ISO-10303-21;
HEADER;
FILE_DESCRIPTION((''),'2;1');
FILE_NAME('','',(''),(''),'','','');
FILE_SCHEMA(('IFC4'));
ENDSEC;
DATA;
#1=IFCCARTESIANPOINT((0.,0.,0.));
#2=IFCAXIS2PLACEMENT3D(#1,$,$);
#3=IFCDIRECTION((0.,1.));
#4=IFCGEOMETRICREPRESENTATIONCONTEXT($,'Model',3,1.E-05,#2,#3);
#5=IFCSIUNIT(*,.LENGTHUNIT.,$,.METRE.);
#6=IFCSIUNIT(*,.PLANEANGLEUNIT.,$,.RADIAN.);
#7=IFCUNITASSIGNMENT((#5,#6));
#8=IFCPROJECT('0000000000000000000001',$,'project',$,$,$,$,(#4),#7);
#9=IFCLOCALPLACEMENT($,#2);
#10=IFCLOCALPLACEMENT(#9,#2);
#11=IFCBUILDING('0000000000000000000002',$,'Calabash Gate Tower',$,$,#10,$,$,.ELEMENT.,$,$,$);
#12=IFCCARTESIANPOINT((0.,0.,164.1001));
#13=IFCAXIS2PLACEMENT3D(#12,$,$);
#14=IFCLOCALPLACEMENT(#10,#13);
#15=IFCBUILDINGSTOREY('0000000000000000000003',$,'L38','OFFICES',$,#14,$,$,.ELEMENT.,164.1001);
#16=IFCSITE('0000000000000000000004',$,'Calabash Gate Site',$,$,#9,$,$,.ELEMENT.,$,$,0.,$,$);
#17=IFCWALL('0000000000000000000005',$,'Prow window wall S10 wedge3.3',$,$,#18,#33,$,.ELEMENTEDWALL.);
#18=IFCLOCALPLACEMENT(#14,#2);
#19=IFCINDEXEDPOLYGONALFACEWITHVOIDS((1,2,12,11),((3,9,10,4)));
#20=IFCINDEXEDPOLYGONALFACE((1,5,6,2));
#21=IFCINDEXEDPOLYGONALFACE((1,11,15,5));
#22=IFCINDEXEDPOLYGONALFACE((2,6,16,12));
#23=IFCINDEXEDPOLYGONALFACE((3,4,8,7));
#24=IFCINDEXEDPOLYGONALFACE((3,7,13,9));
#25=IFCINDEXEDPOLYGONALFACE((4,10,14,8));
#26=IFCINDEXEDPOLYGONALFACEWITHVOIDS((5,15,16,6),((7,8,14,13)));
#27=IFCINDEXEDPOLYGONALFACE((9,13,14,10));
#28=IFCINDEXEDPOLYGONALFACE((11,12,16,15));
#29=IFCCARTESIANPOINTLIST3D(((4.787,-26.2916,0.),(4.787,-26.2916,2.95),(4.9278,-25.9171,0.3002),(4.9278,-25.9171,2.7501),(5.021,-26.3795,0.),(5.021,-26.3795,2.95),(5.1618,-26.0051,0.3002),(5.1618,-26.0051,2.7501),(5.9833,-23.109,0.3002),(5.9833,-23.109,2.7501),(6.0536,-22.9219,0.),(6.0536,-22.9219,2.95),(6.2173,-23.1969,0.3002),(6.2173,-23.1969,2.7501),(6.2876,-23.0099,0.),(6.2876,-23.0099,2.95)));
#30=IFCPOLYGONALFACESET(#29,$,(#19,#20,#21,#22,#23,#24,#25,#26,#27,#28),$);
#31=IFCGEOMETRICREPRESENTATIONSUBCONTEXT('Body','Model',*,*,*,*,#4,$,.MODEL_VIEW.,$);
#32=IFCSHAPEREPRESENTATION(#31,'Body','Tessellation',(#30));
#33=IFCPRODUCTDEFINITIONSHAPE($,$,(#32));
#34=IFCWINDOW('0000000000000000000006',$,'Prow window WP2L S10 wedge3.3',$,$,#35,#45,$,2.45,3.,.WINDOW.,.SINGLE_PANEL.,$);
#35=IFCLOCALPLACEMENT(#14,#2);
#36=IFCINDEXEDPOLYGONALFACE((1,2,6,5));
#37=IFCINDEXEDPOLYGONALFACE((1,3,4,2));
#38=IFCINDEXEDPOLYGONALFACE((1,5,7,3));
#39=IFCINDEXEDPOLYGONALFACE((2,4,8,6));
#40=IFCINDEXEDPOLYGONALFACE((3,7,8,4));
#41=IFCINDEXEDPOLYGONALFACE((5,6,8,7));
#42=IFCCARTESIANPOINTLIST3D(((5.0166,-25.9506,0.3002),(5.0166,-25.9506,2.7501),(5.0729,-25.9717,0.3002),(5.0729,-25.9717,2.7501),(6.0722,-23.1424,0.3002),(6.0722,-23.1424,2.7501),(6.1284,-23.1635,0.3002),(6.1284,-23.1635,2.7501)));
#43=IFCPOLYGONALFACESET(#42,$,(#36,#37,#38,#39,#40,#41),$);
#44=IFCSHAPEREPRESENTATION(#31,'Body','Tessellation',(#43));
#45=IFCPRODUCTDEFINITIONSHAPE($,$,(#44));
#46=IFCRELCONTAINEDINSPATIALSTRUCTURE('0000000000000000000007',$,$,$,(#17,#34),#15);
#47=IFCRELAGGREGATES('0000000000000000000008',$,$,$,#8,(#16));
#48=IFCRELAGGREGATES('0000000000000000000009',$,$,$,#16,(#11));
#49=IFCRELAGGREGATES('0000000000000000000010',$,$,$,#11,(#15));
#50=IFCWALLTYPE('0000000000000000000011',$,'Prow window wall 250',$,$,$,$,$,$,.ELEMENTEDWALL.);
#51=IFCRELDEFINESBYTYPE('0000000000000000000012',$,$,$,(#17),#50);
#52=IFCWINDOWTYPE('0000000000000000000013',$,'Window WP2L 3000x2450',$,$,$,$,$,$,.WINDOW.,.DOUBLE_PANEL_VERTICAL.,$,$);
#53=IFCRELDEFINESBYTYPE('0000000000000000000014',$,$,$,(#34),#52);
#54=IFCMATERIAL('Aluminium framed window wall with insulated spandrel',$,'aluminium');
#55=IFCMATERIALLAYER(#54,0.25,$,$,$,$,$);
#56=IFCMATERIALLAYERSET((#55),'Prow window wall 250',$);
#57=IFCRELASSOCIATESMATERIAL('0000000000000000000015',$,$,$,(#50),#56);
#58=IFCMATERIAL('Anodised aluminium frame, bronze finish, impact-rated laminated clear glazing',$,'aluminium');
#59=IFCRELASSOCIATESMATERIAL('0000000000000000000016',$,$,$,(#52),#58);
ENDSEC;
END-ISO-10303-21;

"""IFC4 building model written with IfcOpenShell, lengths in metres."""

from ifc_helpers import new_model, si_unit, direction, frame, frame_2d, origin, place, context, subcontext, project, spatial, rectangle, extrude, material, layer, layer_set, type_object, element, fill, save


model = new_model("IFC4")

# Units and contexts
model_context = context("Model", 3, precision=1e-05, world=origin(), true_north=direction((0.0, 1.0)))
body_context = subcontext(model_context, "Body", "Model", "MODEL_VIEW")
ifc_project = project(units=[si_unit("LENGTHUNIT", "METRE"), si_unit("PLANEANGLEUNIT", "RADIAN")], contexts=[model_context])

# Site, building, storey
site_placement = place(None, origin())
site = spatial("IfcSite", under=ifc_project, at=site_placement, Name="Calabash Gate Site", CompositionType="ELEMENT", RefElevation=0.0)
building_placement = place(site_placement, origin())
building = spatial("IfcBuilding", under=site, at=building_placement, Name="Calabash Gate Tower", CompositionType="ELEMENT")
storey_placement = place(building_placement, frame((0.0, 0.0, 164.1001)))
storey = spatial("IfcBuildingStorey", under=building, at=storey_placement, Name="L38", Description="OFFICES", CompositionType="ELEMENT", Elevation=164.1001)

# Wall, opening, window
ifc_material_1 = material(Name="Aluminium framed window wall with insulated spandrel", Category="aluminium")
ifc_layer_1 = layer(ifc_material_1, 0.25)
ifc_layer_set_1 = layer_set([ifc_layer_1], Name="Prow window wall 250")
wall_type_1 = type_object("IfcWallType", Name="Prow window wall 250", PredefinedType="ELEMENTEDWALL", material=ifc_layer_set_1)
wall_1_placement = place(storey_placement, frame((4.9041, -26.3354, 0.0), z_axis=(0.0, 0.0, 1.0), x_axis=(0.351852, 0.936056, 0.0)))
wall_1 = element("IfcWall", 1, at=wall_1_placement, inside=storey, type_object=wall_type_1, Name="Prow window wall S10 wedge3.3", PredefinedType="ELEMENTEDWALL", context=body_context, shape_type="SweptSolid", body=[
    extrude(rectangle(XDim=3.5999, YDim=0.25, at=frame_2d((1.7998, 0.0))), origin(), (0.0, 0.0, 1.0), 2.95),
])
opening_1_placement = place(wall_1_placement, frame((0.3999, 0.0, 0.3)))
opening_1 = element("IfcOpeningElement", 2, at=opening_1_placement, cuts=wall_1, PredefinedType="OPENING", context=body_context, shape_type="SweptSolid", body=[
    extrude(rectangle(XDim=3.0, YDim=2.45, at=frame_2d((1.5, 1.2251))), frame((0.0, 0.135, 0.0), z_axis=(0.0, -1.0, 0.0), x_axis=(1.0, 0.0, 0.0)), (0.0, 0.0, 1.0), 0.27),
])
ifc_material_2 = material(Name="Anodised aluminium frame, bronze finish, impact-rated laminated clear glazing", Category="aluminium")
window_type_1 = type_object("IfcWindowType", Name="Window WP2L 3000x2450", PartitioningType="DOUBLE_PANEL_VERTICAL", PredefinedType="WINDOW", material=ifc_material_2)
window_1_placement = place(opening_1_placement, origin())
window_1 = element("IfcWindow", 3, at=window_1_placement, inside=storey, type_object=window_type_1, Name="Prow window WP2L S10 wedge3.3", OverallHeight=2.45, OverallWidth=3.0, PartitioningType="SINGLE_PANEL", PredefinedType="WINDOW", context=body_context, shape_type="SweptSolid", body=[
    extrude(rectangle(XDim=3.0, YDim=2.45, at=frame_2d((1.5, 1.2251))), frame((0.0, 0.03, 0.0), z_axis=(0.0, -1.0, 0.0), x_axis=(1.0, 0.0, 0.0)), (0.0, 0.0, 1.0), 0.0601),
])
fill(opening_1, window_1)

save(model, "model.ifc")
